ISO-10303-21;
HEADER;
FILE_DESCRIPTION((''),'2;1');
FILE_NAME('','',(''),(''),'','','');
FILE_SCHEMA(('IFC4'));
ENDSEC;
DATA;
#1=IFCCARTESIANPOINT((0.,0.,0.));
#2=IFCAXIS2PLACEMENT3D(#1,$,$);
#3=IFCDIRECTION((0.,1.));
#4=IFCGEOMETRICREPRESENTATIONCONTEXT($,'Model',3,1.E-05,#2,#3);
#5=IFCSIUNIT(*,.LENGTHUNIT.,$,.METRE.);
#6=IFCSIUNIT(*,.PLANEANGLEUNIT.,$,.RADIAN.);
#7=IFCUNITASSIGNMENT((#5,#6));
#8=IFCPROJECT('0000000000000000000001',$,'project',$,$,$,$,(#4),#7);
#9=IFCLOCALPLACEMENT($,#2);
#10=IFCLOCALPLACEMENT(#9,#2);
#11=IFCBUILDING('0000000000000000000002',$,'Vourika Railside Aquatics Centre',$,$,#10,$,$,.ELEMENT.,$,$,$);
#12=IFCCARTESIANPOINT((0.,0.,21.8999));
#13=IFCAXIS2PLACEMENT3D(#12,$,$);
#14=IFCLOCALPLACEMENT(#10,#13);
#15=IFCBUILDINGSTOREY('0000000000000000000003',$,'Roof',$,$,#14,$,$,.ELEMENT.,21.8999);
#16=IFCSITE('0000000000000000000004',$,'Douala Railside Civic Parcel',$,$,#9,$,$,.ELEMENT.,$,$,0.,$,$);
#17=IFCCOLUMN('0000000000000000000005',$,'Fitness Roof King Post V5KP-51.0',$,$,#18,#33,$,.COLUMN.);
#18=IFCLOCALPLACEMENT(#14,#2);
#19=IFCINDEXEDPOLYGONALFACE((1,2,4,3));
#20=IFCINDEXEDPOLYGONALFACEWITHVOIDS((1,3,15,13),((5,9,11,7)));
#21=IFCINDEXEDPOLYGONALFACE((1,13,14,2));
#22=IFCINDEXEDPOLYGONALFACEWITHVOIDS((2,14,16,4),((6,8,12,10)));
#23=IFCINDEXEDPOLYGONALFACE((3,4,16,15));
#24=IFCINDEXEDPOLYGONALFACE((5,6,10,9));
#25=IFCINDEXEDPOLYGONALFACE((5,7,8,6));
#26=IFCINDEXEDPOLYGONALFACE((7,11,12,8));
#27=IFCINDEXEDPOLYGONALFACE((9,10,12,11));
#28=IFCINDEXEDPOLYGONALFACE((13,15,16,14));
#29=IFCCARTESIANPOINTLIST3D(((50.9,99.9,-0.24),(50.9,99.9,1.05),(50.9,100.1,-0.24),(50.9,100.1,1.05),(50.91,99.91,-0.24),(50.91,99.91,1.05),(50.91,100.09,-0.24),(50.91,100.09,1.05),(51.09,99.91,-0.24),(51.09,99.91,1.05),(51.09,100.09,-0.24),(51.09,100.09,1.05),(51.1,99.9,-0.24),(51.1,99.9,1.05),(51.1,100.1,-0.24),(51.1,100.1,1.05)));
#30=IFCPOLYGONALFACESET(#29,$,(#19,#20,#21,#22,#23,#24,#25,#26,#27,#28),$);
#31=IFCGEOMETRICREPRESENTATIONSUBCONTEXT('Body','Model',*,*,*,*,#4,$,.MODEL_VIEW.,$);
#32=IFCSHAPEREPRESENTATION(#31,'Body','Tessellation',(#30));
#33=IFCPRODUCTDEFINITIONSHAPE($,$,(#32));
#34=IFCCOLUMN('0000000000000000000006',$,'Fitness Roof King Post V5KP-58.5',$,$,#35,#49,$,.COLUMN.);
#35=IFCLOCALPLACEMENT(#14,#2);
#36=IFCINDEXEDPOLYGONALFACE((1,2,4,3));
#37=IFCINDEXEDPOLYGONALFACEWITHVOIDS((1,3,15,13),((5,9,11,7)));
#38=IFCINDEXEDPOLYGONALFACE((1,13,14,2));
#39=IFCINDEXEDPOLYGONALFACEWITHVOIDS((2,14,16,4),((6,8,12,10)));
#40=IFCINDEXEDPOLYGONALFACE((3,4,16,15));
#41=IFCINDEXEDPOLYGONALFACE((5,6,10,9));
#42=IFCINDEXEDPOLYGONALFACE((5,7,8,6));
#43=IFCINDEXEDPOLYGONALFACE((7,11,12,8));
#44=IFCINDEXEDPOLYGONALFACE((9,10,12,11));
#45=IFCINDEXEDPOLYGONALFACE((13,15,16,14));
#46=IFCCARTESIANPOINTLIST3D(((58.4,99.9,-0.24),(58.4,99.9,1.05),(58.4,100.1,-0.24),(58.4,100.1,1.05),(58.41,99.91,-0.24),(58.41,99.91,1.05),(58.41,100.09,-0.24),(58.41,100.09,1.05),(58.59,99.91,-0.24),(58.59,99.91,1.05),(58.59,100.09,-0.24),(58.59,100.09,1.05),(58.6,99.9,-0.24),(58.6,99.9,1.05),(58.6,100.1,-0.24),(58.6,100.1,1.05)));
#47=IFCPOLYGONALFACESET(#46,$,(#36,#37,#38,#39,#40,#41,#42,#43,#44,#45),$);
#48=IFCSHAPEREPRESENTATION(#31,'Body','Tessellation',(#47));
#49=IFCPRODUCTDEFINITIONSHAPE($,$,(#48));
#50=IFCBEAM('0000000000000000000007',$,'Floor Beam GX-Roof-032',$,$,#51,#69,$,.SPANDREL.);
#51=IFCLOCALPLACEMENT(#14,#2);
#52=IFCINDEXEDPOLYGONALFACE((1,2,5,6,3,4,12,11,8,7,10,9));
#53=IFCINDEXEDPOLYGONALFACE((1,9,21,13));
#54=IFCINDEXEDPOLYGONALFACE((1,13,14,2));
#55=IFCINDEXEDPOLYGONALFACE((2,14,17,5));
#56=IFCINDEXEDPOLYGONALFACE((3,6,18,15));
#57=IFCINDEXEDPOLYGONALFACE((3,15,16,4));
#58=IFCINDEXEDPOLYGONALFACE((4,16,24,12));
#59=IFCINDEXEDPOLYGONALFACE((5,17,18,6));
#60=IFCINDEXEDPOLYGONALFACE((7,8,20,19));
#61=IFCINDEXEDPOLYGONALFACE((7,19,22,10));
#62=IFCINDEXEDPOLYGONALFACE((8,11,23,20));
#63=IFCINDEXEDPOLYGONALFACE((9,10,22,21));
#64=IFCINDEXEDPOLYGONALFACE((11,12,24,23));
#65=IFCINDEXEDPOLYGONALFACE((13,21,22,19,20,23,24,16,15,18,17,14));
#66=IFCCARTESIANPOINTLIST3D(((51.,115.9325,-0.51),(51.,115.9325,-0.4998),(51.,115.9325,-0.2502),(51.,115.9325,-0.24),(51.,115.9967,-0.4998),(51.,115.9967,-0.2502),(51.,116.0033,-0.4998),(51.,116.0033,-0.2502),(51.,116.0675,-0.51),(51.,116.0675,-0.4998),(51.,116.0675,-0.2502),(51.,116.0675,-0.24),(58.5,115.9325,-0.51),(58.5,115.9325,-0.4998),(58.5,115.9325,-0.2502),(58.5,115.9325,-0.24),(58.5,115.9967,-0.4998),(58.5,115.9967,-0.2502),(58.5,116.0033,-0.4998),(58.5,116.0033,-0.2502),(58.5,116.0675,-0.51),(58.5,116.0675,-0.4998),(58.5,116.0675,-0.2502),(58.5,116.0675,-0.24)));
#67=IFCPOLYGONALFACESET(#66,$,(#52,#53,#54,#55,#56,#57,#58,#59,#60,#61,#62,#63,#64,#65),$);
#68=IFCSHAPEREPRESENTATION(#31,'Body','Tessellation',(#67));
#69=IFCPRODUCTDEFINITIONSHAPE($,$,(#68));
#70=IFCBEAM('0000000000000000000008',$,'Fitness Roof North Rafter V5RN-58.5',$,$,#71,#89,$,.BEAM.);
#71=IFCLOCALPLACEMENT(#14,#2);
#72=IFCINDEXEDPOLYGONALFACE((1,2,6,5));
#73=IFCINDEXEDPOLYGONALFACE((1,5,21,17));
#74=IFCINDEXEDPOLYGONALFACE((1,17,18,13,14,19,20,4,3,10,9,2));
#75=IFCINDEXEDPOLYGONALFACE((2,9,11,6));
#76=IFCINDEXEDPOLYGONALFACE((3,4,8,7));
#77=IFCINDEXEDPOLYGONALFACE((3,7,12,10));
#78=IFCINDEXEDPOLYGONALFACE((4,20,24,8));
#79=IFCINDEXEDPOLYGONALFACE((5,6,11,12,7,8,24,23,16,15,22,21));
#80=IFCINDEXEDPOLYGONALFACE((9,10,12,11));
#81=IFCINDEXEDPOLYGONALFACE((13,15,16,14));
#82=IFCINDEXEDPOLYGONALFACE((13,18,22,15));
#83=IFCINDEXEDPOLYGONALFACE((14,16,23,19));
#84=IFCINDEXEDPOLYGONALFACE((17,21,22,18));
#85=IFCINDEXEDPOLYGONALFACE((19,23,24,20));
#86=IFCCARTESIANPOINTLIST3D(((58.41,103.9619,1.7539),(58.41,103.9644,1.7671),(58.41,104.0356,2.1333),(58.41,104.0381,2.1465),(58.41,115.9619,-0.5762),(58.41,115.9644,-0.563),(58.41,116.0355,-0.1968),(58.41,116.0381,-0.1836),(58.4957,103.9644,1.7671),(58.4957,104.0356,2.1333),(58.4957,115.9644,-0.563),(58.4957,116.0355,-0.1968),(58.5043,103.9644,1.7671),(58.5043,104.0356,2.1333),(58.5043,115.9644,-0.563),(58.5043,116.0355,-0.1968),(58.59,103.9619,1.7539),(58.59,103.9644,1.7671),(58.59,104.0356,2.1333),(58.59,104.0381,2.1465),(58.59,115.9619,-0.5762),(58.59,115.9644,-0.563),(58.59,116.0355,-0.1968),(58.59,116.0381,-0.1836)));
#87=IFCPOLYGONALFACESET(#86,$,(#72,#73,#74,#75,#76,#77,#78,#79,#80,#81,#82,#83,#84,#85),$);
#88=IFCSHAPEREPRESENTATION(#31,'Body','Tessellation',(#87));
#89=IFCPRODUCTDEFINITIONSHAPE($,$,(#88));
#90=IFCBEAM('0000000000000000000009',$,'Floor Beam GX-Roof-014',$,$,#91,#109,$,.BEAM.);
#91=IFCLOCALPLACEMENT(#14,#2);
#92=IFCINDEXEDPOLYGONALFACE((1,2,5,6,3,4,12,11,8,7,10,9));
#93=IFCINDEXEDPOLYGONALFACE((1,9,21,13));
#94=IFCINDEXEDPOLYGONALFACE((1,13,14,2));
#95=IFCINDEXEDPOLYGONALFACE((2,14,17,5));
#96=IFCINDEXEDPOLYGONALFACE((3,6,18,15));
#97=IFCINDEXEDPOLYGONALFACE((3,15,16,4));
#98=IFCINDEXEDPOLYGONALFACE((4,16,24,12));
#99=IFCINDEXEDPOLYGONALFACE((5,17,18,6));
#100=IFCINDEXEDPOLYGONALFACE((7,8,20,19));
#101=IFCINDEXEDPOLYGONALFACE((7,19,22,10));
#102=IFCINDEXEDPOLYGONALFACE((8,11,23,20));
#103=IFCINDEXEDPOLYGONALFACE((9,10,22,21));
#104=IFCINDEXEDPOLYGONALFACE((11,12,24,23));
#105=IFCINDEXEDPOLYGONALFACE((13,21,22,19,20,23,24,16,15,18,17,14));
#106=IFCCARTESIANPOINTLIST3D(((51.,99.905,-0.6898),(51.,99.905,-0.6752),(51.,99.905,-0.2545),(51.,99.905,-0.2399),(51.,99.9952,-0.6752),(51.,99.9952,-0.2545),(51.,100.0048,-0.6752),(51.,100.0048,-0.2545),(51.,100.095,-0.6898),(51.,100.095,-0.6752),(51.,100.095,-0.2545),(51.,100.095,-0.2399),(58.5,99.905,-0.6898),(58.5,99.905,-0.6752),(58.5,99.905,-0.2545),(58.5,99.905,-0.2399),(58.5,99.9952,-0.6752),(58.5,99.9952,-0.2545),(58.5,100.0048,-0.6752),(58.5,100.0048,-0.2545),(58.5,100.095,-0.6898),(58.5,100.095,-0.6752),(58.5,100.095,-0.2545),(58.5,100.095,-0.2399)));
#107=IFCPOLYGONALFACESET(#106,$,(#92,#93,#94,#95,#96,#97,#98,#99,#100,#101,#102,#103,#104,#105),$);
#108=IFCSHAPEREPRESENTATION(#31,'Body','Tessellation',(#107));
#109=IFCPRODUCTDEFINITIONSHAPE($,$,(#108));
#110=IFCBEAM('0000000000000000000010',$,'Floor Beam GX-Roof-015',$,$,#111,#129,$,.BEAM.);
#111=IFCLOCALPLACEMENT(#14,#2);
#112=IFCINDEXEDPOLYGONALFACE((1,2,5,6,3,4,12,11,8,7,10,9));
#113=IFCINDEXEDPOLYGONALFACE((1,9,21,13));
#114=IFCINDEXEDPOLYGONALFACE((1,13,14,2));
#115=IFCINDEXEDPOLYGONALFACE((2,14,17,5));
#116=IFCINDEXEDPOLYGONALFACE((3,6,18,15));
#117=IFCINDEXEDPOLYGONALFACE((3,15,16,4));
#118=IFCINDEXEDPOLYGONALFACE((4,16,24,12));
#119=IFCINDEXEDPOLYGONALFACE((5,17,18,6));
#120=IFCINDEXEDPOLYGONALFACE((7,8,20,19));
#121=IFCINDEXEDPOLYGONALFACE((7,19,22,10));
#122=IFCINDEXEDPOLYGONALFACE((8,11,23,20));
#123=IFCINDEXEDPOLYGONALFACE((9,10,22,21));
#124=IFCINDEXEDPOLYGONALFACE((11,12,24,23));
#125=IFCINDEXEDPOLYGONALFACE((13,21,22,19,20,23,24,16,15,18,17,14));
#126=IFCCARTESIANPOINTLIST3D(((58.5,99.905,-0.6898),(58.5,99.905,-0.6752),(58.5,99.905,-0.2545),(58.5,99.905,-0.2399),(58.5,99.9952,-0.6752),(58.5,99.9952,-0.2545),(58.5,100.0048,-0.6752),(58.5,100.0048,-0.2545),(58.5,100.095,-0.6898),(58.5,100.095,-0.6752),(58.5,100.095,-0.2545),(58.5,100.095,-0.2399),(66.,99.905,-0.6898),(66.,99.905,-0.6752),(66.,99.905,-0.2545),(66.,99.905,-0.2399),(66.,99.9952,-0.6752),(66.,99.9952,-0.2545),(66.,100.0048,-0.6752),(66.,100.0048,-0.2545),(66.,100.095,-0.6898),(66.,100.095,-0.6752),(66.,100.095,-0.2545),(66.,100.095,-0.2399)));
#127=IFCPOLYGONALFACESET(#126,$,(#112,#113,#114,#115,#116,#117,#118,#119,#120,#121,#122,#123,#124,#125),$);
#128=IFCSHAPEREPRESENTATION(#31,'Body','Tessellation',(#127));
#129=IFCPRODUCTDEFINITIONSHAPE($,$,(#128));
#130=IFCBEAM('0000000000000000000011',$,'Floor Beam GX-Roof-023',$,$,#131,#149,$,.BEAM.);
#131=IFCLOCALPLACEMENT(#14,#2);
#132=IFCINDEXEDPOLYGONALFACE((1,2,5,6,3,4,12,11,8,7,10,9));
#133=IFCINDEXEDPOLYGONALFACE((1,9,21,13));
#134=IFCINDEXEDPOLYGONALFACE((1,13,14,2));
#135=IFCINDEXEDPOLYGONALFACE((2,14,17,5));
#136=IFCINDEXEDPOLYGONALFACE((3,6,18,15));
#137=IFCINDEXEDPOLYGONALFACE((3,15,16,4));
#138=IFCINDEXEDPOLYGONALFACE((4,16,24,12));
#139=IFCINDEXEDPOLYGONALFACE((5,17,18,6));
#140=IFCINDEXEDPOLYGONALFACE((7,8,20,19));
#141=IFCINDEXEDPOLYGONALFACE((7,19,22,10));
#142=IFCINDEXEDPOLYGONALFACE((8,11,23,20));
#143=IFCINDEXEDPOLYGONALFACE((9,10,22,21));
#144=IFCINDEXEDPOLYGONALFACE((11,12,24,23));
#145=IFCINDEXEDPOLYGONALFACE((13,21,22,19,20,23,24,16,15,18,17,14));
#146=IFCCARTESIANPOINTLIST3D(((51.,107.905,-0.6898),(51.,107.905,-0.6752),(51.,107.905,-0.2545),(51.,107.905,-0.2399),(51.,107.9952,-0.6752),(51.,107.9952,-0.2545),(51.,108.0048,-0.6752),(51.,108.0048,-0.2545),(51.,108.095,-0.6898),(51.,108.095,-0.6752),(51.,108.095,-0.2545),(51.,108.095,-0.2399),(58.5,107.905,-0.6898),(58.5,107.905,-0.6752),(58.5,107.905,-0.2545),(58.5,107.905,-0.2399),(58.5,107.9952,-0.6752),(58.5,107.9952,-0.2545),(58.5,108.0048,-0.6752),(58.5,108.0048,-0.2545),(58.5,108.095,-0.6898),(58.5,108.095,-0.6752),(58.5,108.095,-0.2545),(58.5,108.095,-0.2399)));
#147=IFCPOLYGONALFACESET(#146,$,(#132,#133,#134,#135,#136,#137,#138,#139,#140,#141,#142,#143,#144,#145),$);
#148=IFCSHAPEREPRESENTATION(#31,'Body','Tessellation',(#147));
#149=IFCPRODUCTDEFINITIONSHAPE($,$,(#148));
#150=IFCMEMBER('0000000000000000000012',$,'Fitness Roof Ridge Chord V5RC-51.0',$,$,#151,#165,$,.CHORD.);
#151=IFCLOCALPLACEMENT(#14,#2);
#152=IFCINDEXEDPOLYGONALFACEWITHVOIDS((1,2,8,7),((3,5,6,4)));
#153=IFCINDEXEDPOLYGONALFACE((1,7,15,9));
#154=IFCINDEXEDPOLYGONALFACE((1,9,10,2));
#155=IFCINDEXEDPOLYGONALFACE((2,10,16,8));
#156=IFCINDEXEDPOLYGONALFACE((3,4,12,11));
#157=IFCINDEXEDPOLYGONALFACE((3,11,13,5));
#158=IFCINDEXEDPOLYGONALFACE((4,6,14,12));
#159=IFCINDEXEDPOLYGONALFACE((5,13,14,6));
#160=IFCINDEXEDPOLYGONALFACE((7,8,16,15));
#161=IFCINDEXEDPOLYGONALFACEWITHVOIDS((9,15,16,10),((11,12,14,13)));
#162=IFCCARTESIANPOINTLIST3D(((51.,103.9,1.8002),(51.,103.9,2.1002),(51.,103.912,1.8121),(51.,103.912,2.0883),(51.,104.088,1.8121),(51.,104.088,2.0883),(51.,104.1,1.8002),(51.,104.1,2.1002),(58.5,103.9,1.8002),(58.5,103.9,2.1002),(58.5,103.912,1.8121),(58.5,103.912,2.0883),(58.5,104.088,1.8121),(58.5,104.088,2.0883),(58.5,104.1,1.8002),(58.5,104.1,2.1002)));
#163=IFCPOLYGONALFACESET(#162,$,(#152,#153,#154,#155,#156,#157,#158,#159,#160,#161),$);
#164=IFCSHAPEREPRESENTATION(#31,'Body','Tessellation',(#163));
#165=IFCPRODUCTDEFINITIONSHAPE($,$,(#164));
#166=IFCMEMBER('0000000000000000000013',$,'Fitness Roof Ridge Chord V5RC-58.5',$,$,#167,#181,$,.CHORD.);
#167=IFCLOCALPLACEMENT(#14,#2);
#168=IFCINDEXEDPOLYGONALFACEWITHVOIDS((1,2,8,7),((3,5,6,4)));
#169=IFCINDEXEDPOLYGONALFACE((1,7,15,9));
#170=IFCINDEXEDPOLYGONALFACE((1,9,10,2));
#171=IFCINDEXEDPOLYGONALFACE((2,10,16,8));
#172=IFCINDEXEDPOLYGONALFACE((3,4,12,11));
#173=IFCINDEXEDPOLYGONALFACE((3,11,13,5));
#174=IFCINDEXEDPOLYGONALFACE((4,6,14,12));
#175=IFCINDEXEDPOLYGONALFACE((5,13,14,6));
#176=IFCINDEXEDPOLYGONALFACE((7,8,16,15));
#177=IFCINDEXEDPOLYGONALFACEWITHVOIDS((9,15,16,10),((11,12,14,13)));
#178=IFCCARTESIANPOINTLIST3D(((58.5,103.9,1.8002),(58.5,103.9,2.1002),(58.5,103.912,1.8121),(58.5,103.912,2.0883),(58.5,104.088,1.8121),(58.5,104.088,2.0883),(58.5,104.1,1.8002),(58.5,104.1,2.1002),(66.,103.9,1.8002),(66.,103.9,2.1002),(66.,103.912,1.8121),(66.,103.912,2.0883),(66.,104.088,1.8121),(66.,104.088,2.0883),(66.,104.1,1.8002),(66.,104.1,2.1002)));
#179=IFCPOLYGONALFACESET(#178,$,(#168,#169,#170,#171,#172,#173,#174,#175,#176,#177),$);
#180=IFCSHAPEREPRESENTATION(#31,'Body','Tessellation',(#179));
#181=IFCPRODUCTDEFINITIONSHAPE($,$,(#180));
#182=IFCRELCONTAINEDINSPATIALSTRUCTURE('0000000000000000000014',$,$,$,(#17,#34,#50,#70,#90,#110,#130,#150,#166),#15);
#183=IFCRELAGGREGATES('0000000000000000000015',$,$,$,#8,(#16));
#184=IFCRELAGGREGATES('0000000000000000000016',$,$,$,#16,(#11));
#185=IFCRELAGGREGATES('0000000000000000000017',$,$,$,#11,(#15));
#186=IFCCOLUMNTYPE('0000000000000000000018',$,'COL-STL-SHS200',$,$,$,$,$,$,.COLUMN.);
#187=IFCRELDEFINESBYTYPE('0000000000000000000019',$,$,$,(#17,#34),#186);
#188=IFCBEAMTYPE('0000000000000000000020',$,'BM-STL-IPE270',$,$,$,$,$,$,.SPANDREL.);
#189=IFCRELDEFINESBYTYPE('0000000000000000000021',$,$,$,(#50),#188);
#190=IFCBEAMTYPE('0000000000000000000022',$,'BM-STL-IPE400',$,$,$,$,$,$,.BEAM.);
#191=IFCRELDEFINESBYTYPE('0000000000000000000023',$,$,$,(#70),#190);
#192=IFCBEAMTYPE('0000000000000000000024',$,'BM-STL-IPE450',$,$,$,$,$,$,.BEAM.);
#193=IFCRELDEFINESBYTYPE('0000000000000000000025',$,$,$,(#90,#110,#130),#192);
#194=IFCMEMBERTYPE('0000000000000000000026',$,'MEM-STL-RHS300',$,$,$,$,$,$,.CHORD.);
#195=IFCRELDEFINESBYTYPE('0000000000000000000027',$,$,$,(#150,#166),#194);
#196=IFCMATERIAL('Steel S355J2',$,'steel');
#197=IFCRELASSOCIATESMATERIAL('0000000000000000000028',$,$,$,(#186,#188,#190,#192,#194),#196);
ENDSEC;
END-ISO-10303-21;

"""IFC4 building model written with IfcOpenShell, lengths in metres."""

from ifc_helpers import new_model, si_unit, direction, frame, origin, origin_2d, place, context, subcontext, project, spatial, hollow_rectangle, i_section, extrude, material, material_profile, profile_set, type_object, element, save


model = new_model("IFC4")

# Units and contexts
model_context = context("Model", 3, precision=1e-05, world=origin(), true_north=direction((0.0, 1.0)))
body_context = subcontext(model_context, "Body", "Model", "MODEL_VIEW")
ifc_project = project(units=[si_unit("LENGTHUNIT", "METRE"), si_unit("PLANEANGLEUNIT", "RADIAN")], contexts=[model_context])

# Site, building, storey
site_placement = place(None, origin())
site = spatial("IfcSite", under=ifc_project, at=site_placement, Name="Douala Railside Civic Parcel", CompositionType="ELEMENT", RefElevation=0.0)
building_placement = place(site_placement, origin())
building = spatial("IfcBuilding", under=site, at=building_placement, Name="Vourika Railside Aquatics Centre", CompositionType="ELEMENT")
storey_placement = place(building_placement, frame((0.0, 0.0, 21.8999)))
storey = spatial("IfcBuildingStorey", under=building, at=storey_placement, Name="Roof", CompositionType="ELEMENT", Elevation=21.8999)

# Columns
ifc_material_1 = material(Name="Steel S355J2", Category="steel")
ifc_material_profile_1 = material_profile(ifc_material_1, hollow_rectangle(XDim=0.2, YDim=0.2, WallThickness=0.01, at=origin_2d()), Name="SHS 200x200x10")
ifc_profile_set_1 = profile_set([ifc_material_profile_1], Name="Steel S355J2")
column_type = type_object("IfcColumnType", Name="COL-STL-SHS200", PredefinedType="COLUMN", material=ifc_profile_set_1)
for number, where, z_axis, x_axis, name in (
    (1, (51.0, 100.0, -0.24), (0.0, 0.0, 1.0), (1.0, 0.0, 0.0), "Fitness Roof King Post V5KP-51.0"),
    (2, (58.5, 100.0, -0.24), (0.0, 0.0, 1.0), (1.0, 0.0, 0.0), "Fitness Roof King Post V5KP-58.5"),
):
    element("IfcColumn", number, at=place(storey_placement, frame(where, z_axis=z_axis, x_axis=x_axis)), inside=storey, type_object=column_type, Name=name, PredefinedType="COLUMN", context=body_context, shape_type="SweptSolid", body=[
        extrude(hollow_rectangle(XDim=0.2, YDim=0.2, WallThickness=0.01, at=origin_2d()), origin(), (0.0, 0.0, 1.0), 1.29),
    ])

# Beams
ifc_material_profile_2 = material_profile(ifc_material_1, i_section(OverallWidth=0.135, OverallDepth=0.27, WebThickness=0.0066, FlangeThickness=0.0103, at=origin_2d()), Name="IPE 270")
ifc_profile_set_2 = profile_set([ifc_material_profile_2], Name="Steel S355J2")
beam_type_1 = type_object("IfcBeamType", Name="BM-STL-IPE270", PredefinedType="SPANDREL", material=ifc_profile_set_2)
beam_1_placement = place(storey_placement, frame((51.0, 116.0, -0.375), z_axis=(1.0, 0.0, 0.0), x_axis=(0.0, 1.0, 0.0)))
element("IfcBeam", 3, at=beam_1_placement, inside=storey, type_object=beam_type_1, Name="Floor Beam GX-Roof-032", PredefinedType="SPANDREL", context=body_context, shape_type="SweptSolid", body=[
    extrude(i_section(OverallWidth=0.135, OverallDepth=0.27, WebThickness=0.0066, FlangeThickness=0.0103, at=origin_2d()), origin(), (0.0, 0.0, 1.0), 7.5),
])
ifc_material_profile_3 = material_profile(ifc_material_1, i_section(OverallWidth=0.1799, OverallDepth=0.3999, WebThickness=0.0085, FlangeThickness=0.0134, at=origin_2d()), Name="IPE 400")
ifc_profile_set_3 = profile_set([ifc_material_profile_3], Name="Steel S355J2")
beam_type_2 = type_object("IfcBeamType", Name="BM-STL-IPE400", PredefinedType="BEAM", material=ifc_profile_set_3)
beam_2_placement = place(storey_placement, frame((58.5, 104.0, 1.9502), z_axis=(0.0, 0.981665, -0.190613), x_axis=(-1.0, 0.0, 0.0)))
element("IfcBeam", 4, at=beam_2_placement, inside=storey, type_object=beam_type_2, Name="Fitness Roof North Rafter V5RN-58.5", PredefinedType="BEAM", context=body_context, shape_type="SweptSolid", body=[
    extrude(i_section(OverallWidth=0.1799, OverallDepth=0.3999, WebThickness=0.0085, FlangeThickness=0.0134, at=origin_2d()), origin(), (0.0, 0.0, 1.0), 12.2241),
])
ifc_material_profile_4 = material_profile(ifc_material_1, i_section(OverallWidth=0.1899, OverallDepth=0.45, WebThickness=0.0095, FlangeThickness=0.0146, at=origin_2d()), Name="IPE 450")
ifc_profile_set_4 = profile_set([ifc_material_profile_4], Name="Steel S355J2")
beam_type_3 = type_object("IfcBeamType", Name="BM-STL-IPE450", PredefinedType="BEAM", material=ifc_profile_set_4)
for number, where, z_axis, x_axis, name in (
    (5, (51.0, 100.0, -0.4648), (1.0, 0.0, 0.0), (0.0, 1.0, 0.0), "Floor Beam GX-Roof-014"),
    (6, (58.5, 100.0, -0.4648), (1.0, 0.0, 0.0), (0.0, 1.0, 0.0), "Floor Beam GX-Roof-015"),
    (7, (51.0, 108.0, -0.4648), (1.0, 0.0, 0.0), (0.0, 1.0, 0.0), "Floor Beam GX-Roof-023"),
):
    element("IfcBeam", number, at=place(storey_placement, frame(where, z_axis=z_axis, x_axis=x_axis)), inside=storey, type_object=beam_type_3, Name=name, PredefinedType="BEAM", context=body_context, shape_type="SweptSolid", body=[
        extrude(i_section(OverallWidth=0.1899, OverallDepth=0.45, WebThickness=0.0095, FlangeThickness=0.0146, at=origin_2d()), origin(), (0.0, 0.0, 1.0), 7.5),
    ])

# Members
ifc_material_profile_5 = material_profile(ifc_material_1, hollow_rectangle(XDim=0.2, YDim=0.3, WallThickness=0.012, at=origin_2d()), Name="RHS 300x200x12")
ifc_profile_set_5 = profile_set([ifc_material_profile_5], Name="Steel S355J2")
member_type_1 = type_object("IfcMemberType", Name="MEM-STL-RHS300", PredefinedType="CHORD", material=ifc_profile_set_5)
for number, where, z_axis, x_axis, name in (
    (8, (51.0, 104.0, 1.9502), (1.0, 0.0, 0.0), (0.0, 1.0, 0.0), "Fitness Roof Ridge Chord V5RC-51.0"),
    (9, (58.5, 104.0, 1.9502), (1.0, 0.0, 0.0), (0.0, 1.0, 0.0), "Fitness Roof Ridge Chord V5RC-58.5"),
):
    element("IfcMember", number, at=place(storey_placement, frame(where, z_axis=z_axis, x_axis=x_axis)), inside=storey, type_object=member_type_1, Name=name, PredefinedType="CHORD", context=body_context, shape_type="SweptSolid", body=[
        extrude(hollow_rectangle(XDim=0.2, YDim=0.3, WallThickness=0.012, at=origin_2d()), origin(), (0.0, 0.0, 1.0), 7.5),
    ])

save(model, "model.ifc")
